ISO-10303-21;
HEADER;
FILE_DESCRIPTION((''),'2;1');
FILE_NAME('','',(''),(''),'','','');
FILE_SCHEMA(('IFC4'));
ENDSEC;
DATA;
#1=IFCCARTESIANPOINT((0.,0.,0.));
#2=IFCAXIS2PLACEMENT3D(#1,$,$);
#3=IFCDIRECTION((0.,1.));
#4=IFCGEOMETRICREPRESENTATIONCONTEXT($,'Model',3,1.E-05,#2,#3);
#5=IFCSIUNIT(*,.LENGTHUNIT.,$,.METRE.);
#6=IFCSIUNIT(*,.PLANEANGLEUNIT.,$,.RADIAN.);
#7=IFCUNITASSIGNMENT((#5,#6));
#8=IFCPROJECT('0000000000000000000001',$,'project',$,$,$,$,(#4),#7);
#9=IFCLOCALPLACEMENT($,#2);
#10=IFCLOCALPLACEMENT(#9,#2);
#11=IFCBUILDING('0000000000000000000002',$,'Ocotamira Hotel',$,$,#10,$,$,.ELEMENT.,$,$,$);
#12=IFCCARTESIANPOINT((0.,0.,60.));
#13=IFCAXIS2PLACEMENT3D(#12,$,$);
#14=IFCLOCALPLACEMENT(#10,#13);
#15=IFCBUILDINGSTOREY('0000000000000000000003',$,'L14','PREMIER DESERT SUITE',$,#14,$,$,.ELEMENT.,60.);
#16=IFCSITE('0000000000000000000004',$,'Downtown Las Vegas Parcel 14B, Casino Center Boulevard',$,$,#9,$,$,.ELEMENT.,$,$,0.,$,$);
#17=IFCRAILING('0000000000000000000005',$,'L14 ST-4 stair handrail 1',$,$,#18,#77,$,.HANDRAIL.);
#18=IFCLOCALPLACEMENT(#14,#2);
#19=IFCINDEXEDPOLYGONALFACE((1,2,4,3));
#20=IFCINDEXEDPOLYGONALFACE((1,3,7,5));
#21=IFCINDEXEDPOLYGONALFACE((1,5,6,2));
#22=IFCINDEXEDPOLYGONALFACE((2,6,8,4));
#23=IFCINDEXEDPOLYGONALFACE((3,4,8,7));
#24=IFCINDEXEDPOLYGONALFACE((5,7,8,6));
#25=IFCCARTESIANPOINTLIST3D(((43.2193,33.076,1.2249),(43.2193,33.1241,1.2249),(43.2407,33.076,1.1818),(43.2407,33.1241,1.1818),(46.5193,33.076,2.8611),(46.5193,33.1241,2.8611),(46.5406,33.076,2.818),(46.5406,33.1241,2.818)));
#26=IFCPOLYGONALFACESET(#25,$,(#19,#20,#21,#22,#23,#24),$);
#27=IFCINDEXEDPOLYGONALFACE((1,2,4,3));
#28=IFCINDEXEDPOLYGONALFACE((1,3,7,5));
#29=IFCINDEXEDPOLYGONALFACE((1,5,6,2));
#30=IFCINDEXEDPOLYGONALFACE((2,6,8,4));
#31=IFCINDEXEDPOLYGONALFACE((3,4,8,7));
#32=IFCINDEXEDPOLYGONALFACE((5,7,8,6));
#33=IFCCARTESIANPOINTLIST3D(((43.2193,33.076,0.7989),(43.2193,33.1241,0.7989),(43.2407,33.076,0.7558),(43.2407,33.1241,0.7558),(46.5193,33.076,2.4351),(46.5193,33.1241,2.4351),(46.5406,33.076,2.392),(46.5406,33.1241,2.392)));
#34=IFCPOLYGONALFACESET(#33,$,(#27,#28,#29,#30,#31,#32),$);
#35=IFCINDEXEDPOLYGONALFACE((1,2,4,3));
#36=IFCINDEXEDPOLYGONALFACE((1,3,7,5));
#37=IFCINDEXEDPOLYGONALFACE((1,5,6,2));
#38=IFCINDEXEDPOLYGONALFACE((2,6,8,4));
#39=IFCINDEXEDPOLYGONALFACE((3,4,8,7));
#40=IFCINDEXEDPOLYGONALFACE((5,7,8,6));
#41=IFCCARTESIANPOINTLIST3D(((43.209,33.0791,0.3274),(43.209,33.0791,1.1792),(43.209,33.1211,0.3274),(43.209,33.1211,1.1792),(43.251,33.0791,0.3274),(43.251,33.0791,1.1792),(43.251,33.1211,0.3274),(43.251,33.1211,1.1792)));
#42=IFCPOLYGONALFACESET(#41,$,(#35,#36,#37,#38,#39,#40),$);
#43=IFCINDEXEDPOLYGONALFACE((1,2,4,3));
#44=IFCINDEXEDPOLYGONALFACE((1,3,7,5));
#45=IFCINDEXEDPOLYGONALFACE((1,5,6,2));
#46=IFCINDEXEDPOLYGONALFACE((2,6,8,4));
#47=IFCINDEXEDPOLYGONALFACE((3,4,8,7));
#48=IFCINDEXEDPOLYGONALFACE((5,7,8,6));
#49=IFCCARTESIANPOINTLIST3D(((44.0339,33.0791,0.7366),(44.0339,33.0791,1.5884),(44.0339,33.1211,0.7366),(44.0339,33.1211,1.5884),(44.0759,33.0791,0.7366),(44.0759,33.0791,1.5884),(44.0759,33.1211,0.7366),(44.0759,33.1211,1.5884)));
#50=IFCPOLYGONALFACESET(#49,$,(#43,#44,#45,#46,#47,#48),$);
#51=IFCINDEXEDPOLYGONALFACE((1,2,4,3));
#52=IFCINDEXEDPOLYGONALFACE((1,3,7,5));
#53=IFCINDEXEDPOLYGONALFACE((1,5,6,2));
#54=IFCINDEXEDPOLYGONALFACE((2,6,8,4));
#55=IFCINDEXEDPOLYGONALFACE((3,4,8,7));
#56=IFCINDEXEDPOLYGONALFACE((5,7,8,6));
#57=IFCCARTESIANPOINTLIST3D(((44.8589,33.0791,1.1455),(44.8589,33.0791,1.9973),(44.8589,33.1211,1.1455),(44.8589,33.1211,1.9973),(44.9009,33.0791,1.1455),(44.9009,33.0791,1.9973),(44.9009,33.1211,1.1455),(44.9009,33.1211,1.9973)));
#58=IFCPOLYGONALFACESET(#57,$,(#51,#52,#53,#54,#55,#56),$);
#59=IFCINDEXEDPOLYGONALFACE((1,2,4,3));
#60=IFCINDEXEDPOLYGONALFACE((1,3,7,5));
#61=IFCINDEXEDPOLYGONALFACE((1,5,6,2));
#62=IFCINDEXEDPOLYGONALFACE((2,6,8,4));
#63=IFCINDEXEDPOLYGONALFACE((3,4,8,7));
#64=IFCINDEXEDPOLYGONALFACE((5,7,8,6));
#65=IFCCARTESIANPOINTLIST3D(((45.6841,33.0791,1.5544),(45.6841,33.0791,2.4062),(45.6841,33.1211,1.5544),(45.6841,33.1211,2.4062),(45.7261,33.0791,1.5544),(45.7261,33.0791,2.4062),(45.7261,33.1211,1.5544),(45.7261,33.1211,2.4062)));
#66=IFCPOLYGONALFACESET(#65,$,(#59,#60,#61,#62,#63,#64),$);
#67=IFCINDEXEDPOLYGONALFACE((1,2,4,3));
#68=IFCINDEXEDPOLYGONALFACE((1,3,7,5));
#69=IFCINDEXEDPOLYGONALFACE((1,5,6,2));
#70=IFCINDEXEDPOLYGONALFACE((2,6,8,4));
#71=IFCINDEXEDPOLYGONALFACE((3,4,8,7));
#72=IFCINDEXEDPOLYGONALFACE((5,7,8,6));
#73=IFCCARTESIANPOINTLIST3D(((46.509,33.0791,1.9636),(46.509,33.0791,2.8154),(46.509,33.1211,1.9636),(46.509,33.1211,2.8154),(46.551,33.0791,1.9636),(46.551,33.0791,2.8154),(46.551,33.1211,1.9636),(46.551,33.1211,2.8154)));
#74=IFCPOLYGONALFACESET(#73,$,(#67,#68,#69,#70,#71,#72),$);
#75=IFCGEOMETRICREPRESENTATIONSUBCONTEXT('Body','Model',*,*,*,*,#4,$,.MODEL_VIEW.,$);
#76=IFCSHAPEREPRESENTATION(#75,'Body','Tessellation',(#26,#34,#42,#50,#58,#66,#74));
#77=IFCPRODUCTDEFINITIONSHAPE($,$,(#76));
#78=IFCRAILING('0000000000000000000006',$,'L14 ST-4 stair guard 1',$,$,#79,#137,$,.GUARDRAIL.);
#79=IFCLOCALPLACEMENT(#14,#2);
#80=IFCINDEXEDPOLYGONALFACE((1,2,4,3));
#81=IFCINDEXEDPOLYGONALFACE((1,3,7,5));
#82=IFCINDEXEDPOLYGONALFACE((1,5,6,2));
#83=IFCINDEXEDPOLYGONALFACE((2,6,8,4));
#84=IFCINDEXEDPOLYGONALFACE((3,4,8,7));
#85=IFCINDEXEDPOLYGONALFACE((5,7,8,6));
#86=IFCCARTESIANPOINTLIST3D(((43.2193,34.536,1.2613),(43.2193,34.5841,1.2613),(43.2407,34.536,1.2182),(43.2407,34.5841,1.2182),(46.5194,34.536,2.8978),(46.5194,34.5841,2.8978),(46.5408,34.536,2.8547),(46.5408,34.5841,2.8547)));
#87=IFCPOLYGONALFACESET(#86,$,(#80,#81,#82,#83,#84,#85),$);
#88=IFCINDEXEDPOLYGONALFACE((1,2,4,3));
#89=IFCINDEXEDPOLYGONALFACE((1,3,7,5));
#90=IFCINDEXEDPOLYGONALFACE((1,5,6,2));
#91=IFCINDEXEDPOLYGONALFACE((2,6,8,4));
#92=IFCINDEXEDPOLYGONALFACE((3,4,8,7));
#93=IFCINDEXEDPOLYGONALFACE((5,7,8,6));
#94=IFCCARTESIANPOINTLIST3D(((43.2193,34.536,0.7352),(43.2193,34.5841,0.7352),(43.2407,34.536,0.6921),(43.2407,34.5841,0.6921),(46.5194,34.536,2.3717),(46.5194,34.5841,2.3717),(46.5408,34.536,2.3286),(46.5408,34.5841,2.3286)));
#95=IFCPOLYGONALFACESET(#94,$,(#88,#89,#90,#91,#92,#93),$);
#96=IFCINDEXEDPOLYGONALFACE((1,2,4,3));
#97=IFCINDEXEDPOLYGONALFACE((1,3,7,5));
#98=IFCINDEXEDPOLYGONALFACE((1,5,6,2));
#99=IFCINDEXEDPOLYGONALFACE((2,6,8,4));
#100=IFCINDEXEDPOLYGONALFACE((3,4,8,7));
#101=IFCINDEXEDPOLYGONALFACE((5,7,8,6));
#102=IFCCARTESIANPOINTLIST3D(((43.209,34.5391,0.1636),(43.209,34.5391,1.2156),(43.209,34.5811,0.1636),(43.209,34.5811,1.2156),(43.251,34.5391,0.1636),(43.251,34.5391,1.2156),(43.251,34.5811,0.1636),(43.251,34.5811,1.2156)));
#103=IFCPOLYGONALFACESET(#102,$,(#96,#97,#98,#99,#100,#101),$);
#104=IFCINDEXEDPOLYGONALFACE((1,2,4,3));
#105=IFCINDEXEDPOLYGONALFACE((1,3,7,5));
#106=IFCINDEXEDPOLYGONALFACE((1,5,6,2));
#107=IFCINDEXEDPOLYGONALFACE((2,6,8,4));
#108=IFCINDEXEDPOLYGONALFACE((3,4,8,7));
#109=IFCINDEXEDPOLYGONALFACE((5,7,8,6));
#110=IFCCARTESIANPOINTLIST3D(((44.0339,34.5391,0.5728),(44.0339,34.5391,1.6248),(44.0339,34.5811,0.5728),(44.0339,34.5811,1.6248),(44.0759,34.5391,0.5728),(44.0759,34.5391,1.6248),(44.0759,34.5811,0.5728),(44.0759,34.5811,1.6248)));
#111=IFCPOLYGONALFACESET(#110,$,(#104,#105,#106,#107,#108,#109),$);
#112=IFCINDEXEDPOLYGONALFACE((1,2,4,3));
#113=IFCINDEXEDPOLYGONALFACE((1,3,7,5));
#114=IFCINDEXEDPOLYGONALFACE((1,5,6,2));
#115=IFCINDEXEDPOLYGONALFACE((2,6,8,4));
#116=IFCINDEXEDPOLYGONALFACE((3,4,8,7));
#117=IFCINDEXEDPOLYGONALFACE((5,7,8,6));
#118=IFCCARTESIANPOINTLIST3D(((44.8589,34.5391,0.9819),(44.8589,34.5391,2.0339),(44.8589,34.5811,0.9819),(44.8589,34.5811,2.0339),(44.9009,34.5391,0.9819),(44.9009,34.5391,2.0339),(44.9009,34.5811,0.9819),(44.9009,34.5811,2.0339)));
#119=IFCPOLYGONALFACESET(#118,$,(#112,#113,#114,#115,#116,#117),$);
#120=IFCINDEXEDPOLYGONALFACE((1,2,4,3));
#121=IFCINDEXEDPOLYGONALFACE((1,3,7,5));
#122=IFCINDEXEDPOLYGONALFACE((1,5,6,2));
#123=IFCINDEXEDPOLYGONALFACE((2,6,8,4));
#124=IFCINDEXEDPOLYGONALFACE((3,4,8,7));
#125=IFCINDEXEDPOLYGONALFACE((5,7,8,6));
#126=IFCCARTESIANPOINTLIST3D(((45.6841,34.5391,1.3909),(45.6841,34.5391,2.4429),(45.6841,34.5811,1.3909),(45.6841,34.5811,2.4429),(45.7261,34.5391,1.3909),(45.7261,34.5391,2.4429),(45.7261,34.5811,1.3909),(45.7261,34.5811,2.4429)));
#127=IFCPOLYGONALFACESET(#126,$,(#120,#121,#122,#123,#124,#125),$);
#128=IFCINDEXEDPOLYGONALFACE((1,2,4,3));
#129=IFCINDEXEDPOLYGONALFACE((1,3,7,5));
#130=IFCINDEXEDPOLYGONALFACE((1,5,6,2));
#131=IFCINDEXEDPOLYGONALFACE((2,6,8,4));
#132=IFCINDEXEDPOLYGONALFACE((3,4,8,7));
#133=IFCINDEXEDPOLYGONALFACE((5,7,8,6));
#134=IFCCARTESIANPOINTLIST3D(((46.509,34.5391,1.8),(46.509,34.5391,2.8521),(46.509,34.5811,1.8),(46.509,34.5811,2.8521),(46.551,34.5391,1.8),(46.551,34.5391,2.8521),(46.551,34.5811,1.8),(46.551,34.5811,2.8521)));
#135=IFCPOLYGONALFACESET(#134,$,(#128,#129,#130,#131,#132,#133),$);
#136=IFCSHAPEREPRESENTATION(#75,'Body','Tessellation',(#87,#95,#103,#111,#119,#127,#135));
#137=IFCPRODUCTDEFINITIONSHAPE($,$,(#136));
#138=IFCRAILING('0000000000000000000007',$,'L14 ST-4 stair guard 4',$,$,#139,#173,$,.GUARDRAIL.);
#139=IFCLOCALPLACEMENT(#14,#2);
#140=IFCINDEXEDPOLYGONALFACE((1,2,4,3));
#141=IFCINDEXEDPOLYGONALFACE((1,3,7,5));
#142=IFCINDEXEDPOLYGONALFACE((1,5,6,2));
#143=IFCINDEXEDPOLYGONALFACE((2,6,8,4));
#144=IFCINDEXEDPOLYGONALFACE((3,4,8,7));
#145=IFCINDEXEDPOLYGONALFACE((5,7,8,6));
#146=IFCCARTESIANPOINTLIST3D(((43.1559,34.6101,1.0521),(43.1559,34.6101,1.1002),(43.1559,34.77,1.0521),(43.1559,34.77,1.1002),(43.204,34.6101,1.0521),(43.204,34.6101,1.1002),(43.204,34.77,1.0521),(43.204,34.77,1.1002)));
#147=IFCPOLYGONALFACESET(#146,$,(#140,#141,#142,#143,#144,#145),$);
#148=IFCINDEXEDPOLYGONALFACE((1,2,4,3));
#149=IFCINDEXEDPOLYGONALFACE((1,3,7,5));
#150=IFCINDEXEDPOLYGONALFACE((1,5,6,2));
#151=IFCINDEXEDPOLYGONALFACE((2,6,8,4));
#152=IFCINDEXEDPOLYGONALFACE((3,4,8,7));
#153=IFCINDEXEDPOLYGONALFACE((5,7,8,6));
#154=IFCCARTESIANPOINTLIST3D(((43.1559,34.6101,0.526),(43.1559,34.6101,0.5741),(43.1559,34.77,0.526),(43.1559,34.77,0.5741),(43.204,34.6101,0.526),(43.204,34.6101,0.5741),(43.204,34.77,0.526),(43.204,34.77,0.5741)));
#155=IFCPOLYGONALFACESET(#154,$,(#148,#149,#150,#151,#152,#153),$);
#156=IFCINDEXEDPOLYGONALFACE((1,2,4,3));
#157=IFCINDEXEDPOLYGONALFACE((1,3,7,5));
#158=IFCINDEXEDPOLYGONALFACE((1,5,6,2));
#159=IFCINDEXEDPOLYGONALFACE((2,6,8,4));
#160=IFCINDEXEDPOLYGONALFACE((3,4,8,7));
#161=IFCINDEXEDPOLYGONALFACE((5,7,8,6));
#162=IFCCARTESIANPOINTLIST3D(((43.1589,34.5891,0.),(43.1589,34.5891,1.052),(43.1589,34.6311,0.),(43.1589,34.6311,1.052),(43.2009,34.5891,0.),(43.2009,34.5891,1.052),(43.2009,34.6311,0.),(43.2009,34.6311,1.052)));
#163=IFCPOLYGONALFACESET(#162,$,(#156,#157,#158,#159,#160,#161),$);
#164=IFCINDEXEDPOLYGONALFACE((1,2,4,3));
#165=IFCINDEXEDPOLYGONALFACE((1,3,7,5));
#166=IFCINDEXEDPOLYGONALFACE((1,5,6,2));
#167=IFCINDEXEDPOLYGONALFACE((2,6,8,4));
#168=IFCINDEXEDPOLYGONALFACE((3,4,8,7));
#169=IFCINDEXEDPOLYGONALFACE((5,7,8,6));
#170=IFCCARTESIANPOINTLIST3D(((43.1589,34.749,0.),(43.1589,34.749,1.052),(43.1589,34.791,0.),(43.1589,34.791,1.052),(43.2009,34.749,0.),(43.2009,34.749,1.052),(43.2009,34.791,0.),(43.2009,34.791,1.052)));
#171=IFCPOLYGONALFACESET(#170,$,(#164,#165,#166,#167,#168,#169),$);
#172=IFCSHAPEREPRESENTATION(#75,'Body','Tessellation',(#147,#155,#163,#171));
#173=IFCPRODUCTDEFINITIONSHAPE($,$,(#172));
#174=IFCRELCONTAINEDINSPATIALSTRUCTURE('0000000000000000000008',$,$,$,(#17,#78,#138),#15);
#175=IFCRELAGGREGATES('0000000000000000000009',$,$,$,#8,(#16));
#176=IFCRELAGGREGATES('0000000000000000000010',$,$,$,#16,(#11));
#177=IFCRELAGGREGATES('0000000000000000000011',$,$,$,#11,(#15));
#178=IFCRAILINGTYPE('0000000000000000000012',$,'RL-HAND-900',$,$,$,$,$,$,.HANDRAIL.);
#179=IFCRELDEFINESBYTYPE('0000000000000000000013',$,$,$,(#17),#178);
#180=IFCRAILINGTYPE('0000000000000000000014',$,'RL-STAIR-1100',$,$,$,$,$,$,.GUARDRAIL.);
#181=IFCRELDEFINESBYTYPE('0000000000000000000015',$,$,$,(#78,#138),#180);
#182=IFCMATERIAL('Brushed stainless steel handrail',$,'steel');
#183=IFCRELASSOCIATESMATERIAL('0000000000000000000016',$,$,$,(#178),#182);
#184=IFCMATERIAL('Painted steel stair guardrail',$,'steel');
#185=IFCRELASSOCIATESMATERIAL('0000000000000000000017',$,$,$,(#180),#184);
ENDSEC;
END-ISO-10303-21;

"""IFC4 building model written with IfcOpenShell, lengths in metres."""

from ifc_helpers import new_model, si_unit, direction, frame, origin, origin_2d, place, context, subcontext, project, spatial, rectangle, extrude, material, type_object, element, save


model = new_model("IFC4")

# Units and contexts
model_context = context("Model", 3, precision=1e-05, world=origin(), true_north=direction((0.0, 1.0)))
body_context = subcontext(model_context, "Body", "Model", "MODEL_VIEW")
ifc_project = project(units=[si_unit("LENGTHUNIT", "METRE"), si_unit("PLANEANGLEUNIT", "RADIAN")], contexts=[model_context])

# Site, building, storey
site_placement = place(None, origin())
site = spatial("IfcSite", under=ifc_project, at=site_placement, Name="Downtown Las Vegas Parcel 14B, Casino Center Boulevard", CompositionType="ELEMENT", RefElevation=0.0)
building_placement = place(site_placement, origin())
building = spatial("IfcBuilding", under=site, at=building_placement, Name="Ocotamira Hotel", CompositionType="ELEMENT")
storey_placement = place(building_placement, frame((0.0, 0.0, 60.0)))
storey = spatial("IfcBuildingStorey", under=building, at=storey_placement, Name="L14", Description="PREMIER DESERT SUITE", CompositionType="ELEMENT", Elevation=60.0)

# Railings
ifc_material_1 = material(Name="Painted steel stair guardrail", Category="steel")
ifc_material_2 = material(Name="Brushed stainless steel handrail", Category="steel")
railing_type_1 = type_object("IfcRailingType", Name="RL-HAND-900", PredefinedType="HANDRAIL", material=ifc_material_2)
railing_1_placement = place(storey_placement, frame((43.23, 33.1001, 0.3274)))
element("IfcRailing", 1, at=railing_1_placement, inside=storey, type_object=railing_type_1, Name="L14 ST-4 stair handrail 1", PredefinedType="HANDRAIL", context=body_context, shape_type="SweptSolid", body=[
    extrude(rectangle(XDim=0.0481, YDim=0.0481, at=origin_2d()), frame((0.0, 0.0, 0.876), z_axis=(0.89592, 0.0, 0.444215), x_axis=(0.0, 1.0, 0.0)), (0.0, 0.0, 1.0), 3.6833),
    extrude(rectangle(XDim=0.0481, YDim=0.0481, at=origin_2d()), frame((0.0, 0.0, 0.45), z_axis=(0.89592, 0.0, 0.444215), x_axis=(0.0, 1.0, 0.0)), (0.0, 0.0, 1.0), 3.6833),
    extrude(rectangle(XDim=0.042, YDim=0.042, at=origin_2d()), origin(), (0.0, 0.0, 1.0), 0.8518),
    extrude(rectangle(XDim=0.042, YDim=0.042, at=origin_2d()), frame((0.825, 0.0, 0.4092)), (0.0, 0.0, 1.0), 0.8518),
    extrude(rectangle(XDim=0.042, YDim=0.042, at=origin_2d()), frame((1.6499, 0.0, 0.8181)), (0.0, 0.0, 1.0), 0.8518),
    extrude(rectangle(XDim=0.042, YDim=0.042, at=origin_2d()), frame((2.4751, 0.0, 1.2271)), (0.0, 0.0, 1.0), 0.8518),
    extrude(rectangle(XDim=0.042, YDim=0.042, at=origin_2d()), frame((3.3, 0.0, 1.6362)), (0.0, 0.0, 1.0), 0.8518),
])
railing_type_2 = type_object("IfcRailingType", Name="RL-STAIR-1100", PredefinedType="GUARDRAIL", material=ifc_material_1)
railing_2_placement = place(storey_placement, frame((43.23, 34.5601, 0.1636)))
element("IfcRailing", 2, at=railing_2_placement, inside=storey, type_object=railing_type_2, Name="L14 ST-4 stair guard 1", PredefinedType="GUARDRAIL", context=body_context, shape_type="SweptSolid", body=[
    extrude(rectangle(XDim=0.0481, YDim=0.0481, at=origin_2d()), frame((0.0, 0.0, 1.0762), z_axis=(0.895894, 0.0, 0.444268), x_axis=(0.0, 1.0, 0.0)), (0.0, 0.0, 1.0), 3.6836),
    extrude(rectangle(XDim=0.0481, YDim=0.0481, at=origin_2d()), frame((0.0, 0.0, 0.55), z_axis=(0.895894, 0.0, 0.444268), x_axis=(0.0, 1.0, 0.0)), (0.0, 0.0, 1.0), 3.6836),
    extrude(rectangle(XDim=0.042, YDim=0.042, at=origin_2d()), origin(), (0.0, 0.0, 1.0), 1.052),
    extrude(rectangle(XDim=0.042, YDim=0.042, at=origin_2d()), frame((0.825, 0.0, 0.4092)), (0.0, 0.0, 1.0), 1.052),
    extrude(rectangle(XDim=0.042, YDim=0.042, at=origin_2d()), frame((1.6499, 0.0, 0.8184)), (0.0, 0.0, 1.0), 1.052),
    extrude(rectangle(XDim=0.042, YDim=0.042, at=origin_2d()), frame((2.4751, 0.0, 1.2273)), (0.0, 0.0, 1.0), 1.052),
    extrude(rectangle(XDim=0.042, YDim=0.042, at=origin_2d()), frame((3.3, 0.0, 1.6365)), (0.0, 0.0, 1.0), 1.052),
])
railing_3_placement = place(storey_placement, frame((43.1799, 34.6101, 0.0)))
element("IfcRailing", 3, at=railing_3_placement, inside=storey, type_object=railing_type_2, Name="L14 ST-4 stair guard 4", PredefinedType="GUARDRAIL", context=body_context, shape_type="SweptSolid", body=[
    extrude(rectangle(XDim=0.0481, YDim=0.0481, at=origin_2d()), frame((0.0, 0.0, 1.0762), z_axis=(0.0, 1.0, 0.0), x_axis=(-1.0, 0.0, 0.0)), (0.0, 0.0, 1.0), 0.1599),
    extrude(rectangle(XDim=0.0481, YDim=0.0481, at=origin_2d()), frame((0.0, 0.0, 0.55), z_axis=(0.0, 1.0, 0.0), x_axis=(-1.0, 0.0, 0.0)), (0.0, 0.0, 1.0), 0.1599),
    extrude(rectangle(XDim=0.042, YDim=0.042, at=origin_2d()), origin(), (0.0, 0.0, 1.0), 1.052),
    extrude(rectangle(XDim=0.042, YDim=0.042, at=origin_2d()), frame((0.0, 0.1599, 0.0)), (0.0, 0.0, 1.0), 1.052),
])

save(model, "model.ifc")
